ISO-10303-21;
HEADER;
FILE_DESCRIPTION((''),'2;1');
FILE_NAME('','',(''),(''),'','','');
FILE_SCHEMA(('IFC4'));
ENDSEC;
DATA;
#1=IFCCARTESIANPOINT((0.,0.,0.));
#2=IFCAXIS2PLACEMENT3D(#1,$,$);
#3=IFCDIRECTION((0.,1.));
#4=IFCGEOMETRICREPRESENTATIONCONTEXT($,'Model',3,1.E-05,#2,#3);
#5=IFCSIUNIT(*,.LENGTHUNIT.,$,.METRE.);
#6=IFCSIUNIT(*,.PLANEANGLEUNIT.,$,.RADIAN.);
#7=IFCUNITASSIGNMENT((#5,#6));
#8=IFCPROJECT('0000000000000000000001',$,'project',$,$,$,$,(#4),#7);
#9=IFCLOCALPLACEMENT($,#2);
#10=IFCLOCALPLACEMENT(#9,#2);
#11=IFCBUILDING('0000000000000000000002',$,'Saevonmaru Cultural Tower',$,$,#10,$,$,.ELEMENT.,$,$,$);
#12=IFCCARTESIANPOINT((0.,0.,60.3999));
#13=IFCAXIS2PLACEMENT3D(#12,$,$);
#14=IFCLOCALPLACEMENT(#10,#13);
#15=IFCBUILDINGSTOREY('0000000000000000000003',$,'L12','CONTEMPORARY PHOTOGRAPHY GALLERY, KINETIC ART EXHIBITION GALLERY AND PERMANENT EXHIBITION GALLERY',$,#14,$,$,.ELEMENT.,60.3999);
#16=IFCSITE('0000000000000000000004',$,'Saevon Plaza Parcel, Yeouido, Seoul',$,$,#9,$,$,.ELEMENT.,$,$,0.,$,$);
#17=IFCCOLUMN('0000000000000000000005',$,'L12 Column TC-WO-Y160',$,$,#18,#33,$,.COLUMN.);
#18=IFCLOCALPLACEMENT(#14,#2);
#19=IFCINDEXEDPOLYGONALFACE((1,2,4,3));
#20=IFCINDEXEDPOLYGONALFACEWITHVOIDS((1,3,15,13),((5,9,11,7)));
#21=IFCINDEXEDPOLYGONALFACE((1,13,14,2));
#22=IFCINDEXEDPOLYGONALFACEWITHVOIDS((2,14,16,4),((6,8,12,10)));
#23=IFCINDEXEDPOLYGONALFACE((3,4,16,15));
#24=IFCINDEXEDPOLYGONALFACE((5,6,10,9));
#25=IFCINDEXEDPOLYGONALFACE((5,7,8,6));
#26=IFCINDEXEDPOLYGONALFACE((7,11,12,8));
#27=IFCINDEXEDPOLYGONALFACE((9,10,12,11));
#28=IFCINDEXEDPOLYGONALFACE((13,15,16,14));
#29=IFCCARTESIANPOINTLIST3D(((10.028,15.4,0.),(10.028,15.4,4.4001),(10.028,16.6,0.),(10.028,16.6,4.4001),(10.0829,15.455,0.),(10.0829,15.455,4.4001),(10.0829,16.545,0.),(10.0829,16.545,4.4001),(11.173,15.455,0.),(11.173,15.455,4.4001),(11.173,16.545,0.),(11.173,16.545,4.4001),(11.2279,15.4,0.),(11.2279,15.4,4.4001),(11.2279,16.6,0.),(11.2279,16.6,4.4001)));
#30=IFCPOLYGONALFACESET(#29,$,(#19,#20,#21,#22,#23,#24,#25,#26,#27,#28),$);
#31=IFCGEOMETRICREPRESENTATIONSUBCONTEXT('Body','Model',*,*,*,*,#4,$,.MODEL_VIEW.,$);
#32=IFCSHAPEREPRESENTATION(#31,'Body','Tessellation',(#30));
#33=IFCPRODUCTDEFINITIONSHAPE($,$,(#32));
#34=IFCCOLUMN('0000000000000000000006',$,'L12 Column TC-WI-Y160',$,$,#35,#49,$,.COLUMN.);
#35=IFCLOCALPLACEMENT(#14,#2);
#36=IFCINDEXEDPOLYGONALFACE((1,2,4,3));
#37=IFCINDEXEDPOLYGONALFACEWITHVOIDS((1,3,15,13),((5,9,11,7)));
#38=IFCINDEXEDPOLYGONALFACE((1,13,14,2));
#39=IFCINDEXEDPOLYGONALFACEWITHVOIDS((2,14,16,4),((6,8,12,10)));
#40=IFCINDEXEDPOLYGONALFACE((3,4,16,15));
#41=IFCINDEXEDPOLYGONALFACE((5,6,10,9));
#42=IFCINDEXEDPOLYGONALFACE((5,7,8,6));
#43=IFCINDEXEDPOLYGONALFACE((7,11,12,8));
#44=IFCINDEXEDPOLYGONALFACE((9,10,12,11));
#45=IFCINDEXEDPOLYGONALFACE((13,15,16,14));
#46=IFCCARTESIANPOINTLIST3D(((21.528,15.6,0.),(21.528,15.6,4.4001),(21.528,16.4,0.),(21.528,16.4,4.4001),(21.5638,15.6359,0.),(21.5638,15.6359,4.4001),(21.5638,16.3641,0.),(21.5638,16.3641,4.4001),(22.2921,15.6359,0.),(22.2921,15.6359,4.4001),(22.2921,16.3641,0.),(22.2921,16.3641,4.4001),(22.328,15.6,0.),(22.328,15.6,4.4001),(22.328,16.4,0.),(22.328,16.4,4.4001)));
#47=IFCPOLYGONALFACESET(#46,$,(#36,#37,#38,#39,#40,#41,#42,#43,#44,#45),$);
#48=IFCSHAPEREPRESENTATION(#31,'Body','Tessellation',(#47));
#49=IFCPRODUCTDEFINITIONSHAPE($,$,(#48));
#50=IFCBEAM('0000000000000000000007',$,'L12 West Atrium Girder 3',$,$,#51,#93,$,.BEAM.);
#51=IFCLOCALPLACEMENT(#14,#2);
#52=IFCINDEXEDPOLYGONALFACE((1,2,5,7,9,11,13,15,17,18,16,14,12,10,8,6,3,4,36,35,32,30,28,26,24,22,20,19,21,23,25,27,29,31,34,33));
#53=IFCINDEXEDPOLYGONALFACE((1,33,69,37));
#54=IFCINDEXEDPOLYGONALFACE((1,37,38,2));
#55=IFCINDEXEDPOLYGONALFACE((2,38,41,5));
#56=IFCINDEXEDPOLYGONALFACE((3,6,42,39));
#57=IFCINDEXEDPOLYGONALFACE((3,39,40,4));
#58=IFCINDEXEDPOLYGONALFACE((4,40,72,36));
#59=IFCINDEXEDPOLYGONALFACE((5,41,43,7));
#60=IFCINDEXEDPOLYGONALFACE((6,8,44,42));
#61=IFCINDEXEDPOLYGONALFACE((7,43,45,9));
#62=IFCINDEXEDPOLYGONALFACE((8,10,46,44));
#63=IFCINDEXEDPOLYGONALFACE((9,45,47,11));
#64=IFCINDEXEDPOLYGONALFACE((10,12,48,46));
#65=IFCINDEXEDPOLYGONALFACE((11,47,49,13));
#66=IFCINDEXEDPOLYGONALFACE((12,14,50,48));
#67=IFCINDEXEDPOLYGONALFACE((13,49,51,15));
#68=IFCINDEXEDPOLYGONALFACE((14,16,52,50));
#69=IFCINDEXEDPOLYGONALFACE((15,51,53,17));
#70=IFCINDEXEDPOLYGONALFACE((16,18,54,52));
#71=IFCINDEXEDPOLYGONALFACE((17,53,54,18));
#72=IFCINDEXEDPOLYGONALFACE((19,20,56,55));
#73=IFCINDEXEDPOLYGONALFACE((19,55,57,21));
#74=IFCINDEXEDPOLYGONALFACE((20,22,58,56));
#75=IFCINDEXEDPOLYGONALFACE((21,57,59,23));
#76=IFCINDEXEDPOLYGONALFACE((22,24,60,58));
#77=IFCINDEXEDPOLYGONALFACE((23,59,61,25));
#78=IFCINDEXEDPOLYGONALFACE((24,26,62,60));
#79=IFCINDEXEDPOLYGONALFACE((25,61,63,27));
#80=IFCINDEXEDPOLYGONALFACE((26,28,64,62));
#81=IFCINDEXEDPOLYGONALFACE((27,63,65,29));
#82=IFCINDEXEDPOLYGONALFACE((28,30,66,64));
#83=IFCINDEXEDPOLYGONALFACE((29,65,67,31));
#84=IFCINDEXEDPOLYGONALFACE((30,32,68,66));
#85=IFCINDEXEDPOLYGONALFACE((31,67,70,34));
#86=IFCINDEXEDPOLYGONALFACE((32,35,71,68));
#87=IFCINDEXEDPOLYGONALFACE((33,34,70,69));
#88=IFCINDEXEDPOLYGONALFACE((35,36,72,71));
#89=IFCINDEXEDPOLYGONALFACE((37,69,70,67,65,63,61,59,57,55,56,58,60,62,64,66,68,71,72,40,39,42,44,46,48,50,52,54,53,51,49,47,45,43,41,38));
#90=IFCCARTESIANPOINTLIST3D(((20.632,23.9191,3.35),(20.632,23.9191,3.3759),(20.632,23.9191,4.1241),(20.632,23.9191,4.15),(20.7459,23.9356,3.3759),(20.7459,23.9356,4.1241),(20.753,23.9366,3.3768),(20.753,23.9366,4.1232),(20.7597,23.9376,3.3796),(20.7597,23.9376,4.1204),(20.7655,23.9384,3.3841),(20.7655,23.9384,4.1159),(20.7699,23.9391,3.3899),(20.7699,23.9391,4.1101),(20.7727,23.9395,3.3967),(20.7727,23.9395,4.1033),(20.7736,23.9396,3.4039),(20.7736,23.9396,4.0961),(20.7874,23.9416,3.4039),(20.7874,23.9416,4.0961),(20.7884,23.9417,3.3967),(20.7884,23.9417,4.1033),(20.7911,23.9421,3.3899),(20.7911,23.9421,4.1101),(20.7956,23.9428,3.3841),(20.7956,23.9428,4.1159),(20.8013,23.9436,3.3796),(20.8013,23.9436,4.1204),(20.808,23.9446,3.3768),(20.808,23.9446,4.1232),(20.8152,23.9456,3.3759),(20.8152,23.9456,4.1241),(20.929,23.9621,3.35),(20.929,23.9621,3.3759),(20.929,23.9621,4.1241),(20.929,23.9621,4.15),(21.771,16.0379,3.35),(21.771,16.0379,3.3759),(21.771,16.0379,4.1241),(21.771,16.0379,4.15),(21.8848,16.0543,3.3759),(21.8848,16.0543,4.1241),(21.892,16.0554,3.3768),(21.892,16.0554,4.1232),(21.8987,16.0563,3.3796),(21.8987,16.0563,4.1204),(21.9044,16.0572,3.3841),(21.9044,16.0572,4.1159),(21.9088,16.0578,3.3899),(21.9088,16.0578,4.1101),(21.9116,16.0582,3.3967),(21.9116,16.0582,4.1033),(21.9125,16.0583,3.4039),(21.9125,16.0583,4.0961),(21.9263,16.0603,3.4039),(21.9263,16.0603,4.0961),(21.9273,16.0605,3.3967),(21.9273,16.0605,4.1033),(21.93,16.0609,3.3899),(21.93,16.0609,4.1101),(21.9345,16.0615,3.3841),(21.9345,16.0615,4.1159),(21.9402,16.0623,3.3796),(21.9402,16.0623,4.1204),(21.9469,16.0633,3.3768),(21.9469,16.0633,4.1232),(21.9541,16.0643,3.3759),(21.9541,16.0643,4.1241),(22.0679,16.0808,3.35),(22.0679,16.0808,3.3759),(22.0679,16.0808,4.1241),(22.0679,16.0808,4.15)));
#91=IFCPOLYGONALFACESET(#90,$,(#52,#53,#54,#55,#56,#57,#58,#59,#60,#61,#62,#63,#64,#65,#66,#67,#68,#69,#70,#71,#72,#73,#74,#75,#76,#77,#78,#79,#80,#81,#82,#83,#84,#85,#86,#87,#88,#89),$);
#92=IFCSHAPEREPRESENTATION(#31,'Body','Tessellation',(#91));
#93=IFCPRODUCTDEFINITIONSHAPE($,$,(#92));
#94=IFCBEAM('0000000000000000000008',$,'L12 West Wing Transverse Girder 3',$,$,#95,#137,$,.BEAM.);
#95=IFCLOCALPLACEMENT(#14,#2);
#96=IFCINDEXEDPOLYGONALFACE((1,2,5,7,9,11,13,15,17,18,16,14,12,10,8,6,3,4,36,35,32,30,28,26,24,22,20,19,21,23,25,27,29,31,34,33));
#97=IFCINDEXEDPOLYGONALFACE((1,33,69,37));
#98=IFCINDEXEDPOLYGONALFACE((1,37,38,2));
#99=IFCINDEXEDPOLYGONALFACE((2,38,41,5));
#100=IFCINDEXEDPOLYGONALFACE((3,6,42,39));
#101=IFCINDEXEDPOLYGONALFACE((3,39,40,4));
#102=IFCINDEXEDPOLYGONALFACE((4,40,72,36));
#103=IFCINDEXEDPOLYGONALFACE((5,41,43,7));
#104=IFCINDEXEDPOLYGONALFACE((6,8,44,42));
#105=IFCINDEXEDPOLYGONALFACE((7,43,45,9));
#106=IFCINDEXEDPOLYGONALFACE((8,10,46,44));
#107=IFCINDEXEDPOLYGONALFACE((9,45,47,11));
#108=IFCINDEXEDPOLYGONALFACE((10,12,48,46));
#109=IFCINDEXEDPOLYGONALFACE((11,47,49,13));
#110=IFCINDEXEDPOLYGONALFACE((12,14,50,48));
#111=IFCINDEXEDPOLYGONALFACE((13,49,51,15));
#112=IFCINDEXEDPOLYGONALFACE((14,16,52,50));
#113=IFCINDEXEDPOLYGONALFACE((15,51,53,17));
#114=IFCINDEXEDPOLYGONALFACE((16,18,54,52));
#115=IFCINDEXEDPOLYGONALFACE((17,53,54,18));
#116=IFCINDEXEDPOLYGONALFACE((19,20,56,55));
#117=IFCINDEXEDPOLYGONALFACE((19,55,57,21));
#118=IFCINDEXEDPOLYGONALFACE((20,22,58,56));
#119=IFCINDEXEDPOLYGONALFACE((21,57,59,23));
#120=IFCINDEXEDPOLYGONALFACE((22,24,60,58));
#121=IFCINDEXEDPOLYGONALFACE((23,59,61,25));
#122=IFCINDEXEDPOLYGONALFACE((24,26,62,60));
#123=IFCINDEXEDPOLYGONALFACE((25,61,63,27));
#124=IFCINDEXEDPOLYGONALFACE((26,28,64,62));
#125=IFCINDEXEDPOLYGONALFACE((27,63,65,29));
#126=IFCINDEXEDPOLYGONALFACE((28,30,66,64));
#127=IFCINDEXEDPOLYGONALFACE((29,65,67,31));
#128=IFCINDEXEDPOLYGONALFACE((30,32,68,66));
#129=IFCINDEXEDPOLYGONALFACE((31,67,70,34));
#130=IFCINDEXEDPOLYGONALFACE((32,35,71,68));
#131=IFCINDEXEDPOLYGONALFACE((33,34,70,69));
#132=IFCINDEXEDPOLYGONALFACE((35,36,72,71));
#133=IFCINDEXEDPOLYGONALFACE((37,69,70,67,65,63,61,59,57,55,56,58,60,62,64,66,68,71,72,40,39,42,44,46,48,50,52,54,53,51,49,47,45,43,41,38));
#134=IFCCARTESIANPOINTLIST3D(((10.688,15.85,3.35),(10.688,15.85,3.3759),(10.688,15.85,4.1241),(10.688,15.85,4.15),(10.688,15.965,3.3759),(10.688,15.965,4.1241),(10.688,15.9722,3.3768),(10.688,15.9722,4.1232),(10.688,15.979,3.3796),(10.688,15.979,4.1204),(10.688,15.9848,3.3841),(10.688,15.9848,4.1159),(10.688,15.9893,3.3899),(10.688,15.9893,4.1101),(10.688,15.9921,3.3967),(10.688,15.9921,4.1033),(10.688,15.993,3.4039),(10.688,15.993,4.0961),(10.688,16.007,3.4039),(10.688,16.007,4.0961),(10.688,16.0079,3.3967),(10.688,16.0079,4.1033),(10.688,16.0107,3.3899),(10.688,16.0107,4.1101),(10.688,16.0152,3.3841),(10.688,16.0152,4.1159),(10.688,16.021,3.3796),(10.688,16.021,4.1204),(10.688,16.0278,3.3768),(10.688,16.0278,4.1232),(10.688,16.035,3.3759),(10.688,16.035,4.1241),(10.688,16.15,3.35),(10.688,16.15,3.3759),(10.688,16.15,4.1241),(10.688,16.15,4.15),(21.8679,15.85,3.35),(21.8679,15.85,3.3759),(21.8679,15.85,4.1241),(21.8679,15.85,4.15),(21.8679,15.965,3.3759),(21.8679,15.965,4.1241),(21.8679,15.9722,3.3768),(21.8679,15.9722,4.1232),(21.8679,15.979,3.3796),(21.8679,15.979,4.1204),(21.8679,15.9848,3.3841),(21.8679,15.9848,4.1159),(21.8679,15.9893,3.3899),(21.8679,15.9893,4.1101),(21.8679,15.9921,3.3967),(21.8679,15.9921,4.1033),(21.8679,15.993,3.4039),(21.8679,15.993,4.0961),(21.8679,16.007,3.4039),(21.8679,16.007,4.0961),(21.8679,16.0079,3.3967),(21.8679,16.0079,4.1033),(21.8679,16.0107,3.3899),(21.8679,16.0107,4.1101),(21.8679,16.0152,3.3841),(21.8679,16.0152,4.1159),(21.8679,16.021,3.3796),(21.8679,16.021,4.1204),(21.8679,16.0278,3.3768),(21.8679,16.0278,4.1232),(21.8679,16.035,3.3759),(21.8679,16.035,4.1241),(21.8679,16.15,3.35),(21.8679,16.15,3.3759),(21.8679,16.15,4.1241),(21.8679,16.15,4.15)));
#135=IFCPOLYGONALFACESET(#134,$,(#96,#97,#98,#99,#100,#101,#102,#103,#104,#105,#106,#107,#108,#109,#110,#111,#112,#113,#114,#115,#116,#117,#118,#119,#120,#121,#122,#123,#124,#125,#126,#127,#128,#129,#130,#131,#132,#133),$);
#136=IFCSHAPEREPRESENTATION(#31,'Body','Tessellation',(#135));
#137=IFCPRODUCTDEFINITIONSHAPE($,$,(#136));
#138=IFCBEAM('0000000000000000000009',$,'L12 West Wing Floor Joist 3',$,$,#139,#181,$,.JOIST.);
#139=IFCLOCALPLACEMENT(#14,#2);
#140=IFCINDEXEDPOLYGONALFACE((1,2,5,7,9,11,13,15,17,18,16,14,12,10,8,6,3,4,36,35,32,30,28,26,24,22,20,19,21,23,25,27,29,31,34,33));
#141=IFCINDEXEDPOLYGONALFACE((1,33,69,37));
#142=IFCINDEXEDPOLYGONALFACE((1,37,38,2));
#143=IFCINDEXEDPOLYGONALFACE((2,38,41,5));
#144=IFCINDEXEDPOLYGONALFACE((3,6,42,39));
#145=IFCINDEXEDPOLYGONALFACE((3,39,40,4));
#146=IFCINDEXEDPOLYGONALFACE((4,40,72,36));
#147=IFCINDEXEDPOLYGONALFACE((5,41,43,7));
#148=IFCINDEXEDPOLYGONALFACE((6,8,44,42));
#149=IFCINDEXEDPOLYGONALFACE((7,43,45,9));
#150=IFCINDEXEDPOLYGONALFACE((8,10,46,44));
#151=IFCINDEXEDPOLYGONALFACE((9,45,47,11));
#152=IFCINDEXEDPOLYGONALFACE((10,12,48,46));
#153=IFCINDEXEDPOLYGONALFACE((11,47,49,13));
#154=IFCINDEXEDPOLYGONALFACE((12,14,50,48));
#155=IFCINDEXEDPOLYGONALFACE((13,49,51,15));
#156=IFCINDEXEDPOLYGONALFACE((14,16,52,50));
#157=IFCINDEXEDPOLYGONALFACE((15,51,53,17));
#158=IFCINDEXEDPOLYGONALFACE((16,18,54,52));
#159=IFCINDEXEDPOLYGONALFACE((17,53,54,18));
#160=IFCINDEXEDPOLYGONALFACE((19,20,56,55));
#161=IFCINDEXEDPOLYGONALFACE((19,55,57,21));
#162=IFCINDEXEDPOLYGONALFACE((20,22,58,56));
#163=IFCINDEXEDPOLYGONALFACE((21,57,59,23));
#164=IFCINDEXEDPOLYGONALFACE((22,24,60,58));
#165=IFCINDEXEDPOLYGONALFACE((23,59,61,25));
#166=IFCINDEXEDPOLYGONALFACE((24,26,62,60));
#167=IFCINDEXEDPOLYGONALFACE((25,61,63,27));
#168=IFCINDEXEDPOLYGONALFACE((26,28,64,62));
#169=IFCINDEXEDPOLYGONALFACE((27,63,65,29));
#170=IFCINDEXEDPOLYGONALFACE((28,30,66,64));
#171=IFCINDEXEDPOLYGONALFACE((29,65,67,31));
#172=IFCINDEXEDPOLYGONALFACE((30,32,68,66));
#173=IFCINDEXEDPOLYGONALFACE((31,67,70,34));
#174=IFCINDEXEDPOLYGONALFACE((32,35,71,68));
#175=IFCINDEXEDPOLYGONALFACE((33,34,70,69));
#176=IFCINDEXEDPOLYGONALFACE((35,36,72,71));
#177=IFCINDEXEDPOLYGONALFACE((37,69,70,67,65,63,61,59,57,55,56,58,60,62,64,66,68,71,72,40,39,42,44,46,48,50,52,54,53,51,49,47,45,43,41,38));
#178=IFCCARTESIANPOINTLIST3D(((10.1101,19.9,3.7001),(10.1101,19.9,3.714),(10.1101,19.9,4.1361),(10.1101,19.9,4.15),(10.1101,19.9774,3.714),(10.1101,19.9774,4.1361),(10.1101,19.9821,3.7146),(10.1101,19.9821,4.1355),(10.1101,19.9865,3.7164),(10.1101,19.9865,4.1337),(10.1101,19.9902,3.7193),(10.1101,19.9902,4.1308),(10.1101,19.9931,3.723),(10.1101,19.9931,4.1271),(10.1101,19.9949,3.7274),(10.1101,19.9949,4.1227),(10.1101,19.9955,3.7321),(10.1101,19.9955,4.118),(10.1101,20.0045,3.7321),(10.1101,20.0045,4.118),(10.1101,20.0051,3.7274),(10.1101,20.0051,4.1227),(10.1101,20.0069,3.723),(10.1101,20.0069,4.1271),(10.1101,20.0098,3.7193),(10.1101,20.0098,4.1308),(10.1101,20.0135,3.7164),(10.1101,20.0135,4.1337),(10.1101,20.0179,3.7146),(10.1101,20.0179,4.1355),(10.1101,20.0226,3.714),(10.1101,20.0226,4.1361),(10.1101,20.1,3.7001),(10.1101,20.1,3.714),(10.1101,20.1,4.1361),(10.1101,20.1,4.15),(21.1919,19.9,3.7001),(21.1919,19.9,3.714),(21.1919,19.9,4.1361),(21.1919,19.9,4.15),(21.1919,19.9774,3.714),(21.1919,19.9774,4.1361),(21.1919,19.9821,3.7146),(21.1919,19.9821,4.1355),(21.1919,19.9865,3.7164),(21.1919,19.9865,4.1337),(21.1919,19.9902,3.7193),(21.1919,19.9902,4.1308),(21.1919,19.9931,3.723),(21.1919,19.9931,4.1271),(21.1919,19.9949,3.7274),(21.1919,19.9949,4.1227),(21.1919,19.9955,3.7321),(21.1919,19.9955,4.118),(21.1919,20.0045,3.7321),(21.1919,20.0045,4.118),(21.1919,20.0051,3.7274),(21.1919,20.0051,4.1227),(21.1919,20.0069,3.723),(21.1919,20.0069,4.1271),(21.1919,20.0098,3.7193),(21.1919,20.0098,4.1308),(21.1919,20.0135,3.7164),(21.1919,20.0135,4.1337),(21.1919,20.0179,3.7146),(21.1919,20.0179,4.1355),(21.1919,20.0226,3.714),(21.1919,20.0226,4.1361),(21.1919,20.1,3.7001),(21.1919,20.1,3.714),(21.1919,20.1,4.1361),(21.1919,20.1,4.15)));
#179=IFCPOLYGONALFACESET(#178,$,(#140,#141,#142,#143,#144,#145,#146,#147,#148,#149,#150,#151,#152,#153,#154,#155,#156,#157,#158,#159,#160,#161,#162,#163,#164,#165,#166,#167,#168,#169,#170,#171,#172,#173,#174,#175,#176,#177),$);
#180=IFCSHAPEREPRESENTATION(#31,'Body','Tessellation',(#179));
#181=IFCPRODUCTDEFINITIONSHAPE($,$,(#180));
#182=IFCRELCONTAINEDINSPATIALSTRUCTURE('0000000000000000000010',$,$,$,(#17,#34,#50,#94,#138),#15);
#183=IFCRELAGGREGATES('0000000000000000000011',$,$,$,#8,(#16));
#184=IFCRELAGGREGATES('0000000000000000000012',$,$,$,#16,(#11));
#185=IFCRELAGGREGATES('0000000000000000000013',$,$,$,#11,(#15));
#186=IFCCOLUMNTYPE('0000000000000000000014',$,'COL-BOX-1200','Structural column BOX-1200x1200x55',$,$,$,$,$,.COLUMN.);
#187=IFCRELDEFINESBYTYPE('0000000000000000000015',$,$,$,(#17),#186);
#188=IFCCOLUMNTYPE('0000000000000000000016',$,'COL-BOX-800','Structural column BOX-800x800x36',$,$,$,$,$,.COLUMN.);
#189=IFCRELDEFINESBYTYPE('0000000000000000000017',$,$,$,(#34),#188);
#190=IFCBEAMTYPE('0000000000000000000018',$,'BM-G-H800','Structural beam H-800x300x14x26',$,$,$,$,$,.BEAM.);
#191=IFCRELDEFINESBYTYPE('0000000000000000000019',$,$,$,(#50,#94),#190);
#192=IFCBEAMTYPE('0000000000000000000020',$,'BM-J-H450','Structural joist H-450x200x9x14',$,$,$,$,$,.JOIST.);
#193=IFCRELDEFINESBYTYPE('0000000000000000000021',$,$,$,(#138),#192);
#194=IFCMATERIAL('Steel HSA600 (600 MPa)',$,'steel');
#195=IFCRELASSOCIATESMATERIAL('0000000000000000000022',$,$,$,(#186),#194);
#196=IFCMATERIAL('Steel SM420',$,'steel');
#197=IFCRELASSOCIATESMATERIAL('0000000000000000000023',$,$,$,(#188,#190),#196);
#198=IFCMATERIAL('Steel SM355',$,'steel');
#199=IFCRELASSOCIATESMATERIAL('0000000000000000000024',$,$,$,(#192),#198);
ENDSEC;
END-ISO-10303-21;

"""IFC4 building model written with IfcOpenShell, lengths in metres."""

from ifc_helpers import new_model, si_unit, direction, frame, origin, origin_2d, place, context, subcontext, project, spatial, hollow_rectangle, i_section, extrude, material, material_profile, profile_set, type_object, element, save


model = new_model("IFC4")

# Units and contexts
model_context = context("Model", 3, precision=1e-05, world=origin(), true_north=direction((0.0, 1.0)))
body_context = subcontext(model_context, "Body", "Model", "MODEL_VIEW")
ifc_project = project(units=[si_unit("LENGTHUNIT", "METRE"), si_unit("PLANEANGLEUNIT", "RADIAN")], contexts=[model_context])

# Site, building, storey
site_placement = place(None, origin())
site = spatial("IfcSite", under=ifc_project, at=site_placement, Name="Saevon Plaza Parcel, Yeouido, Seoul", CompositionType="ELEMENT", RefElevation=0.0)
building_placement = place(site_placement, origin())
building = spatial("IfcBuilding", under=site, at=building_placement, Name="Saevonmaru Cultural Tower", CompositionType="ELEMENT")
storey_placement = place(building_placement, frame((0.0, 0.0, 60.3999)))
storey = spatial("IfcBuildingStorey", under=building, at=storey_placement, Name="L12", Description="CONTEMPORARY PHOTOGRAPHY GALLERY, KINETIC ART EXHIBITION GALLERY AND PERMANENT EXHIBITION GALLERY", CompositionType="ELEMENT", Elevation=60.3999)

# Columns
ifc_material_1 = material(Name="Steel HSA600 (600 MPa)", Category="steel")
ifc_material_profile_1 = material_profile(ifc_material_1, hollow_rectangle(XDim=1.2, YDim=1.2, WallThickness=0.0549, at=origin_2d()), Name="BOX-1200x1200x55")
ifc_profile_set_1 = profile_set([ifc_material_profile_1], Name="Steel HSA600 (600 MPa)")
column_type_1 = type_object("IfcColumnType", Name="COL-BOX-1200", Description="Structural column BOX-1200x1200x55", PredefinedType="COLUMN", material=ifc_profile_set_1)
column_1_placement = place(storey_placement, frame((10.6279, 16.0, 0.0), z_axis=(0.0, 0.0, 1.0), x_axis=(1.0, 0.0, 0.0)))
element("IfcColumn", 1, at=column_1_placement, inside=storey, type_object=column_type_1, Name="L12 Column TC-WO-Y160", PredefinedType="COLUMN", context=body_context, shape_type="SweptSolid", body=[
    extrude(hollow_rectangle(XDim=1.2, YDim=1.2, WallThickness=0.0549, at=origin_2d()), origin(), (0.0, 0.0, 1.0), 4.4001),
])
ifc_material_2 = material(Name="Steel SM420", Category="steel")
ifc_material_profile_2 = material_profile(ifc_material_2, hollow_rectangle(XDim=0.8, YDim=0.8, WallThickness=0.0359, at=origin_2d()), Name="BOX-800x800x36")
ifc_profile_set_2 = profile_set([ifc_material_profile_2], Name="Steel SM420")
column_type_2 = type_object("IfcColumnType", Name="COL-BOX-800", Description="Structural column BOX-800x800x36", PredefinedType="COLUMN", material=ifc_profile_set_2)
column_2_placement = place(storey_placement, frame((21.928, 16.0, 0.0), z_axis=(0.0, 0.0, 1.0), x_axis=(1.0, 0.0, 0.0)))
element("IfcColumn", 2, at=column_2_placement, inside=storey, type_object=column_type_2, Name="L12 Column TC-WI-Y160", PredefinedType="COLUMN", context=body_context, shape_type="SweptSolid", body=[
    extrude(hollow_rectangle(XDim=0.8, YDim=0.8, WallThickness=0.0359, at=origin_2d()), origin(), (0.0, 0.0, 1.0), 4.4001),
])

# Beams
ifc_material_profile_3 = material_profile(ifc_material_2, i_section(OverallWidth=0.3, OverallDepth=0.8, WebThickness=0.0139, FlangeThickness=0.0259, FilletRadius=0.0281, at=origin_2d()), Name="H-800x300x14x26")
ifc_profile_set_3 = profile_set([ifc_material_profile_3], Name="Steel SM420")
beam_type_1 = type_object("IfcBeamType", Name="BM-G-H800", Description="Structural beam H-800x300x14x26", PredefinedType="BEAM", material=ifc_profile_set_3)
beam_1_placement = place(storey_placement, frame((21.9194, 16.0593, 3.75), z_axis=(-0.143022, 0.989719, 0.0), x_axis=(-0.989719, -0.143022, 0.0)))
element("IfcBeam", 3, at=beam_1_placement, inside=storey, type_object=beam_type_1, Name="L12 West Atrium Girder 3", PredefinedType="BEAM", context=body_context, shape_type="SweptSolid", body=[
    extrude(i_section(OverallWidth=0.3, OverallDepth=0.8, WebThickness=0.0139, FlangeThickness=0.0259, FilletRadius=0.0281, at=origin_2d()), origin(), (0.0, 0.0, 1.0), 7.9631),
])
beam_2_placement = place(storey_placement, frame((10.688, 16.0, 3.75), z_axis=(1.0, 0.0, 0.0), x_axis=(0.0, 1.0, 0.0)))
element("IfcBeam", 4, at=beam_2_placement, inside=storey, type_object=beam_type_1, Name="L12 West Wing Transverse Girder 3", PredefinedType="BEAM", context=body_context, shape_type="SweptSolid", body=[
    extrude(i_section(OverallWidth=0.3, OverallDepth=0.8, WebThickness=0.0139, FlangeThickness=0.0259, FilletRadius=0.0281, at=origin_2d()), origin(), (0.0, 0.0, 1.0), 11.1799),
])
ifc_material_3 = material(Name="Steel SM355", Category="steel")
ifc_material_profile_4 = material_profile(ifc_material_3, i_section(OverallWidth=0.2, OverallDepth=0.45, WebThickness=0.009, FlangeThickness=0.0139, FilletRadius=0.0181, at=origin_2d()), Name="H-450x200x9x14")
ifc_profile_set_4 = profile_set([ifc_material_profile_4], Name="Steel SM355")
beam_type_2 = type_object("IfcBeamType", Name="BM-J-H450", Description="Structural joist H-450x200x9x14", PredefinedType="JOIST", material=ifc_profile_set_4)
beam_3_placement = place(storey_placement, frame((10.1101, 20.0, 3.925), z_axis=(1.0, 0.0, 0.0), x_axis=(0.0, 1.0, 0.0)))
element("IfcBeam", 5, at=beam_3_placement, inside=storey, type_object=beam_type_2, Name="L12 West Wing Floor Joist 3", PredefinedType="JOIST", context=body_context, shape_type="SweptSolid", body=[
    extrude(i_section(OverallWidth=0.2, OverallDepth=0.45, WebThickness=0.009, FlangeThickness=0.0139, FilletRadius=0.0181, at=origin_2d()), origin(), (0.0, 0.0, 1.0), 11.0818),
])

save(model, "model.ifc")
